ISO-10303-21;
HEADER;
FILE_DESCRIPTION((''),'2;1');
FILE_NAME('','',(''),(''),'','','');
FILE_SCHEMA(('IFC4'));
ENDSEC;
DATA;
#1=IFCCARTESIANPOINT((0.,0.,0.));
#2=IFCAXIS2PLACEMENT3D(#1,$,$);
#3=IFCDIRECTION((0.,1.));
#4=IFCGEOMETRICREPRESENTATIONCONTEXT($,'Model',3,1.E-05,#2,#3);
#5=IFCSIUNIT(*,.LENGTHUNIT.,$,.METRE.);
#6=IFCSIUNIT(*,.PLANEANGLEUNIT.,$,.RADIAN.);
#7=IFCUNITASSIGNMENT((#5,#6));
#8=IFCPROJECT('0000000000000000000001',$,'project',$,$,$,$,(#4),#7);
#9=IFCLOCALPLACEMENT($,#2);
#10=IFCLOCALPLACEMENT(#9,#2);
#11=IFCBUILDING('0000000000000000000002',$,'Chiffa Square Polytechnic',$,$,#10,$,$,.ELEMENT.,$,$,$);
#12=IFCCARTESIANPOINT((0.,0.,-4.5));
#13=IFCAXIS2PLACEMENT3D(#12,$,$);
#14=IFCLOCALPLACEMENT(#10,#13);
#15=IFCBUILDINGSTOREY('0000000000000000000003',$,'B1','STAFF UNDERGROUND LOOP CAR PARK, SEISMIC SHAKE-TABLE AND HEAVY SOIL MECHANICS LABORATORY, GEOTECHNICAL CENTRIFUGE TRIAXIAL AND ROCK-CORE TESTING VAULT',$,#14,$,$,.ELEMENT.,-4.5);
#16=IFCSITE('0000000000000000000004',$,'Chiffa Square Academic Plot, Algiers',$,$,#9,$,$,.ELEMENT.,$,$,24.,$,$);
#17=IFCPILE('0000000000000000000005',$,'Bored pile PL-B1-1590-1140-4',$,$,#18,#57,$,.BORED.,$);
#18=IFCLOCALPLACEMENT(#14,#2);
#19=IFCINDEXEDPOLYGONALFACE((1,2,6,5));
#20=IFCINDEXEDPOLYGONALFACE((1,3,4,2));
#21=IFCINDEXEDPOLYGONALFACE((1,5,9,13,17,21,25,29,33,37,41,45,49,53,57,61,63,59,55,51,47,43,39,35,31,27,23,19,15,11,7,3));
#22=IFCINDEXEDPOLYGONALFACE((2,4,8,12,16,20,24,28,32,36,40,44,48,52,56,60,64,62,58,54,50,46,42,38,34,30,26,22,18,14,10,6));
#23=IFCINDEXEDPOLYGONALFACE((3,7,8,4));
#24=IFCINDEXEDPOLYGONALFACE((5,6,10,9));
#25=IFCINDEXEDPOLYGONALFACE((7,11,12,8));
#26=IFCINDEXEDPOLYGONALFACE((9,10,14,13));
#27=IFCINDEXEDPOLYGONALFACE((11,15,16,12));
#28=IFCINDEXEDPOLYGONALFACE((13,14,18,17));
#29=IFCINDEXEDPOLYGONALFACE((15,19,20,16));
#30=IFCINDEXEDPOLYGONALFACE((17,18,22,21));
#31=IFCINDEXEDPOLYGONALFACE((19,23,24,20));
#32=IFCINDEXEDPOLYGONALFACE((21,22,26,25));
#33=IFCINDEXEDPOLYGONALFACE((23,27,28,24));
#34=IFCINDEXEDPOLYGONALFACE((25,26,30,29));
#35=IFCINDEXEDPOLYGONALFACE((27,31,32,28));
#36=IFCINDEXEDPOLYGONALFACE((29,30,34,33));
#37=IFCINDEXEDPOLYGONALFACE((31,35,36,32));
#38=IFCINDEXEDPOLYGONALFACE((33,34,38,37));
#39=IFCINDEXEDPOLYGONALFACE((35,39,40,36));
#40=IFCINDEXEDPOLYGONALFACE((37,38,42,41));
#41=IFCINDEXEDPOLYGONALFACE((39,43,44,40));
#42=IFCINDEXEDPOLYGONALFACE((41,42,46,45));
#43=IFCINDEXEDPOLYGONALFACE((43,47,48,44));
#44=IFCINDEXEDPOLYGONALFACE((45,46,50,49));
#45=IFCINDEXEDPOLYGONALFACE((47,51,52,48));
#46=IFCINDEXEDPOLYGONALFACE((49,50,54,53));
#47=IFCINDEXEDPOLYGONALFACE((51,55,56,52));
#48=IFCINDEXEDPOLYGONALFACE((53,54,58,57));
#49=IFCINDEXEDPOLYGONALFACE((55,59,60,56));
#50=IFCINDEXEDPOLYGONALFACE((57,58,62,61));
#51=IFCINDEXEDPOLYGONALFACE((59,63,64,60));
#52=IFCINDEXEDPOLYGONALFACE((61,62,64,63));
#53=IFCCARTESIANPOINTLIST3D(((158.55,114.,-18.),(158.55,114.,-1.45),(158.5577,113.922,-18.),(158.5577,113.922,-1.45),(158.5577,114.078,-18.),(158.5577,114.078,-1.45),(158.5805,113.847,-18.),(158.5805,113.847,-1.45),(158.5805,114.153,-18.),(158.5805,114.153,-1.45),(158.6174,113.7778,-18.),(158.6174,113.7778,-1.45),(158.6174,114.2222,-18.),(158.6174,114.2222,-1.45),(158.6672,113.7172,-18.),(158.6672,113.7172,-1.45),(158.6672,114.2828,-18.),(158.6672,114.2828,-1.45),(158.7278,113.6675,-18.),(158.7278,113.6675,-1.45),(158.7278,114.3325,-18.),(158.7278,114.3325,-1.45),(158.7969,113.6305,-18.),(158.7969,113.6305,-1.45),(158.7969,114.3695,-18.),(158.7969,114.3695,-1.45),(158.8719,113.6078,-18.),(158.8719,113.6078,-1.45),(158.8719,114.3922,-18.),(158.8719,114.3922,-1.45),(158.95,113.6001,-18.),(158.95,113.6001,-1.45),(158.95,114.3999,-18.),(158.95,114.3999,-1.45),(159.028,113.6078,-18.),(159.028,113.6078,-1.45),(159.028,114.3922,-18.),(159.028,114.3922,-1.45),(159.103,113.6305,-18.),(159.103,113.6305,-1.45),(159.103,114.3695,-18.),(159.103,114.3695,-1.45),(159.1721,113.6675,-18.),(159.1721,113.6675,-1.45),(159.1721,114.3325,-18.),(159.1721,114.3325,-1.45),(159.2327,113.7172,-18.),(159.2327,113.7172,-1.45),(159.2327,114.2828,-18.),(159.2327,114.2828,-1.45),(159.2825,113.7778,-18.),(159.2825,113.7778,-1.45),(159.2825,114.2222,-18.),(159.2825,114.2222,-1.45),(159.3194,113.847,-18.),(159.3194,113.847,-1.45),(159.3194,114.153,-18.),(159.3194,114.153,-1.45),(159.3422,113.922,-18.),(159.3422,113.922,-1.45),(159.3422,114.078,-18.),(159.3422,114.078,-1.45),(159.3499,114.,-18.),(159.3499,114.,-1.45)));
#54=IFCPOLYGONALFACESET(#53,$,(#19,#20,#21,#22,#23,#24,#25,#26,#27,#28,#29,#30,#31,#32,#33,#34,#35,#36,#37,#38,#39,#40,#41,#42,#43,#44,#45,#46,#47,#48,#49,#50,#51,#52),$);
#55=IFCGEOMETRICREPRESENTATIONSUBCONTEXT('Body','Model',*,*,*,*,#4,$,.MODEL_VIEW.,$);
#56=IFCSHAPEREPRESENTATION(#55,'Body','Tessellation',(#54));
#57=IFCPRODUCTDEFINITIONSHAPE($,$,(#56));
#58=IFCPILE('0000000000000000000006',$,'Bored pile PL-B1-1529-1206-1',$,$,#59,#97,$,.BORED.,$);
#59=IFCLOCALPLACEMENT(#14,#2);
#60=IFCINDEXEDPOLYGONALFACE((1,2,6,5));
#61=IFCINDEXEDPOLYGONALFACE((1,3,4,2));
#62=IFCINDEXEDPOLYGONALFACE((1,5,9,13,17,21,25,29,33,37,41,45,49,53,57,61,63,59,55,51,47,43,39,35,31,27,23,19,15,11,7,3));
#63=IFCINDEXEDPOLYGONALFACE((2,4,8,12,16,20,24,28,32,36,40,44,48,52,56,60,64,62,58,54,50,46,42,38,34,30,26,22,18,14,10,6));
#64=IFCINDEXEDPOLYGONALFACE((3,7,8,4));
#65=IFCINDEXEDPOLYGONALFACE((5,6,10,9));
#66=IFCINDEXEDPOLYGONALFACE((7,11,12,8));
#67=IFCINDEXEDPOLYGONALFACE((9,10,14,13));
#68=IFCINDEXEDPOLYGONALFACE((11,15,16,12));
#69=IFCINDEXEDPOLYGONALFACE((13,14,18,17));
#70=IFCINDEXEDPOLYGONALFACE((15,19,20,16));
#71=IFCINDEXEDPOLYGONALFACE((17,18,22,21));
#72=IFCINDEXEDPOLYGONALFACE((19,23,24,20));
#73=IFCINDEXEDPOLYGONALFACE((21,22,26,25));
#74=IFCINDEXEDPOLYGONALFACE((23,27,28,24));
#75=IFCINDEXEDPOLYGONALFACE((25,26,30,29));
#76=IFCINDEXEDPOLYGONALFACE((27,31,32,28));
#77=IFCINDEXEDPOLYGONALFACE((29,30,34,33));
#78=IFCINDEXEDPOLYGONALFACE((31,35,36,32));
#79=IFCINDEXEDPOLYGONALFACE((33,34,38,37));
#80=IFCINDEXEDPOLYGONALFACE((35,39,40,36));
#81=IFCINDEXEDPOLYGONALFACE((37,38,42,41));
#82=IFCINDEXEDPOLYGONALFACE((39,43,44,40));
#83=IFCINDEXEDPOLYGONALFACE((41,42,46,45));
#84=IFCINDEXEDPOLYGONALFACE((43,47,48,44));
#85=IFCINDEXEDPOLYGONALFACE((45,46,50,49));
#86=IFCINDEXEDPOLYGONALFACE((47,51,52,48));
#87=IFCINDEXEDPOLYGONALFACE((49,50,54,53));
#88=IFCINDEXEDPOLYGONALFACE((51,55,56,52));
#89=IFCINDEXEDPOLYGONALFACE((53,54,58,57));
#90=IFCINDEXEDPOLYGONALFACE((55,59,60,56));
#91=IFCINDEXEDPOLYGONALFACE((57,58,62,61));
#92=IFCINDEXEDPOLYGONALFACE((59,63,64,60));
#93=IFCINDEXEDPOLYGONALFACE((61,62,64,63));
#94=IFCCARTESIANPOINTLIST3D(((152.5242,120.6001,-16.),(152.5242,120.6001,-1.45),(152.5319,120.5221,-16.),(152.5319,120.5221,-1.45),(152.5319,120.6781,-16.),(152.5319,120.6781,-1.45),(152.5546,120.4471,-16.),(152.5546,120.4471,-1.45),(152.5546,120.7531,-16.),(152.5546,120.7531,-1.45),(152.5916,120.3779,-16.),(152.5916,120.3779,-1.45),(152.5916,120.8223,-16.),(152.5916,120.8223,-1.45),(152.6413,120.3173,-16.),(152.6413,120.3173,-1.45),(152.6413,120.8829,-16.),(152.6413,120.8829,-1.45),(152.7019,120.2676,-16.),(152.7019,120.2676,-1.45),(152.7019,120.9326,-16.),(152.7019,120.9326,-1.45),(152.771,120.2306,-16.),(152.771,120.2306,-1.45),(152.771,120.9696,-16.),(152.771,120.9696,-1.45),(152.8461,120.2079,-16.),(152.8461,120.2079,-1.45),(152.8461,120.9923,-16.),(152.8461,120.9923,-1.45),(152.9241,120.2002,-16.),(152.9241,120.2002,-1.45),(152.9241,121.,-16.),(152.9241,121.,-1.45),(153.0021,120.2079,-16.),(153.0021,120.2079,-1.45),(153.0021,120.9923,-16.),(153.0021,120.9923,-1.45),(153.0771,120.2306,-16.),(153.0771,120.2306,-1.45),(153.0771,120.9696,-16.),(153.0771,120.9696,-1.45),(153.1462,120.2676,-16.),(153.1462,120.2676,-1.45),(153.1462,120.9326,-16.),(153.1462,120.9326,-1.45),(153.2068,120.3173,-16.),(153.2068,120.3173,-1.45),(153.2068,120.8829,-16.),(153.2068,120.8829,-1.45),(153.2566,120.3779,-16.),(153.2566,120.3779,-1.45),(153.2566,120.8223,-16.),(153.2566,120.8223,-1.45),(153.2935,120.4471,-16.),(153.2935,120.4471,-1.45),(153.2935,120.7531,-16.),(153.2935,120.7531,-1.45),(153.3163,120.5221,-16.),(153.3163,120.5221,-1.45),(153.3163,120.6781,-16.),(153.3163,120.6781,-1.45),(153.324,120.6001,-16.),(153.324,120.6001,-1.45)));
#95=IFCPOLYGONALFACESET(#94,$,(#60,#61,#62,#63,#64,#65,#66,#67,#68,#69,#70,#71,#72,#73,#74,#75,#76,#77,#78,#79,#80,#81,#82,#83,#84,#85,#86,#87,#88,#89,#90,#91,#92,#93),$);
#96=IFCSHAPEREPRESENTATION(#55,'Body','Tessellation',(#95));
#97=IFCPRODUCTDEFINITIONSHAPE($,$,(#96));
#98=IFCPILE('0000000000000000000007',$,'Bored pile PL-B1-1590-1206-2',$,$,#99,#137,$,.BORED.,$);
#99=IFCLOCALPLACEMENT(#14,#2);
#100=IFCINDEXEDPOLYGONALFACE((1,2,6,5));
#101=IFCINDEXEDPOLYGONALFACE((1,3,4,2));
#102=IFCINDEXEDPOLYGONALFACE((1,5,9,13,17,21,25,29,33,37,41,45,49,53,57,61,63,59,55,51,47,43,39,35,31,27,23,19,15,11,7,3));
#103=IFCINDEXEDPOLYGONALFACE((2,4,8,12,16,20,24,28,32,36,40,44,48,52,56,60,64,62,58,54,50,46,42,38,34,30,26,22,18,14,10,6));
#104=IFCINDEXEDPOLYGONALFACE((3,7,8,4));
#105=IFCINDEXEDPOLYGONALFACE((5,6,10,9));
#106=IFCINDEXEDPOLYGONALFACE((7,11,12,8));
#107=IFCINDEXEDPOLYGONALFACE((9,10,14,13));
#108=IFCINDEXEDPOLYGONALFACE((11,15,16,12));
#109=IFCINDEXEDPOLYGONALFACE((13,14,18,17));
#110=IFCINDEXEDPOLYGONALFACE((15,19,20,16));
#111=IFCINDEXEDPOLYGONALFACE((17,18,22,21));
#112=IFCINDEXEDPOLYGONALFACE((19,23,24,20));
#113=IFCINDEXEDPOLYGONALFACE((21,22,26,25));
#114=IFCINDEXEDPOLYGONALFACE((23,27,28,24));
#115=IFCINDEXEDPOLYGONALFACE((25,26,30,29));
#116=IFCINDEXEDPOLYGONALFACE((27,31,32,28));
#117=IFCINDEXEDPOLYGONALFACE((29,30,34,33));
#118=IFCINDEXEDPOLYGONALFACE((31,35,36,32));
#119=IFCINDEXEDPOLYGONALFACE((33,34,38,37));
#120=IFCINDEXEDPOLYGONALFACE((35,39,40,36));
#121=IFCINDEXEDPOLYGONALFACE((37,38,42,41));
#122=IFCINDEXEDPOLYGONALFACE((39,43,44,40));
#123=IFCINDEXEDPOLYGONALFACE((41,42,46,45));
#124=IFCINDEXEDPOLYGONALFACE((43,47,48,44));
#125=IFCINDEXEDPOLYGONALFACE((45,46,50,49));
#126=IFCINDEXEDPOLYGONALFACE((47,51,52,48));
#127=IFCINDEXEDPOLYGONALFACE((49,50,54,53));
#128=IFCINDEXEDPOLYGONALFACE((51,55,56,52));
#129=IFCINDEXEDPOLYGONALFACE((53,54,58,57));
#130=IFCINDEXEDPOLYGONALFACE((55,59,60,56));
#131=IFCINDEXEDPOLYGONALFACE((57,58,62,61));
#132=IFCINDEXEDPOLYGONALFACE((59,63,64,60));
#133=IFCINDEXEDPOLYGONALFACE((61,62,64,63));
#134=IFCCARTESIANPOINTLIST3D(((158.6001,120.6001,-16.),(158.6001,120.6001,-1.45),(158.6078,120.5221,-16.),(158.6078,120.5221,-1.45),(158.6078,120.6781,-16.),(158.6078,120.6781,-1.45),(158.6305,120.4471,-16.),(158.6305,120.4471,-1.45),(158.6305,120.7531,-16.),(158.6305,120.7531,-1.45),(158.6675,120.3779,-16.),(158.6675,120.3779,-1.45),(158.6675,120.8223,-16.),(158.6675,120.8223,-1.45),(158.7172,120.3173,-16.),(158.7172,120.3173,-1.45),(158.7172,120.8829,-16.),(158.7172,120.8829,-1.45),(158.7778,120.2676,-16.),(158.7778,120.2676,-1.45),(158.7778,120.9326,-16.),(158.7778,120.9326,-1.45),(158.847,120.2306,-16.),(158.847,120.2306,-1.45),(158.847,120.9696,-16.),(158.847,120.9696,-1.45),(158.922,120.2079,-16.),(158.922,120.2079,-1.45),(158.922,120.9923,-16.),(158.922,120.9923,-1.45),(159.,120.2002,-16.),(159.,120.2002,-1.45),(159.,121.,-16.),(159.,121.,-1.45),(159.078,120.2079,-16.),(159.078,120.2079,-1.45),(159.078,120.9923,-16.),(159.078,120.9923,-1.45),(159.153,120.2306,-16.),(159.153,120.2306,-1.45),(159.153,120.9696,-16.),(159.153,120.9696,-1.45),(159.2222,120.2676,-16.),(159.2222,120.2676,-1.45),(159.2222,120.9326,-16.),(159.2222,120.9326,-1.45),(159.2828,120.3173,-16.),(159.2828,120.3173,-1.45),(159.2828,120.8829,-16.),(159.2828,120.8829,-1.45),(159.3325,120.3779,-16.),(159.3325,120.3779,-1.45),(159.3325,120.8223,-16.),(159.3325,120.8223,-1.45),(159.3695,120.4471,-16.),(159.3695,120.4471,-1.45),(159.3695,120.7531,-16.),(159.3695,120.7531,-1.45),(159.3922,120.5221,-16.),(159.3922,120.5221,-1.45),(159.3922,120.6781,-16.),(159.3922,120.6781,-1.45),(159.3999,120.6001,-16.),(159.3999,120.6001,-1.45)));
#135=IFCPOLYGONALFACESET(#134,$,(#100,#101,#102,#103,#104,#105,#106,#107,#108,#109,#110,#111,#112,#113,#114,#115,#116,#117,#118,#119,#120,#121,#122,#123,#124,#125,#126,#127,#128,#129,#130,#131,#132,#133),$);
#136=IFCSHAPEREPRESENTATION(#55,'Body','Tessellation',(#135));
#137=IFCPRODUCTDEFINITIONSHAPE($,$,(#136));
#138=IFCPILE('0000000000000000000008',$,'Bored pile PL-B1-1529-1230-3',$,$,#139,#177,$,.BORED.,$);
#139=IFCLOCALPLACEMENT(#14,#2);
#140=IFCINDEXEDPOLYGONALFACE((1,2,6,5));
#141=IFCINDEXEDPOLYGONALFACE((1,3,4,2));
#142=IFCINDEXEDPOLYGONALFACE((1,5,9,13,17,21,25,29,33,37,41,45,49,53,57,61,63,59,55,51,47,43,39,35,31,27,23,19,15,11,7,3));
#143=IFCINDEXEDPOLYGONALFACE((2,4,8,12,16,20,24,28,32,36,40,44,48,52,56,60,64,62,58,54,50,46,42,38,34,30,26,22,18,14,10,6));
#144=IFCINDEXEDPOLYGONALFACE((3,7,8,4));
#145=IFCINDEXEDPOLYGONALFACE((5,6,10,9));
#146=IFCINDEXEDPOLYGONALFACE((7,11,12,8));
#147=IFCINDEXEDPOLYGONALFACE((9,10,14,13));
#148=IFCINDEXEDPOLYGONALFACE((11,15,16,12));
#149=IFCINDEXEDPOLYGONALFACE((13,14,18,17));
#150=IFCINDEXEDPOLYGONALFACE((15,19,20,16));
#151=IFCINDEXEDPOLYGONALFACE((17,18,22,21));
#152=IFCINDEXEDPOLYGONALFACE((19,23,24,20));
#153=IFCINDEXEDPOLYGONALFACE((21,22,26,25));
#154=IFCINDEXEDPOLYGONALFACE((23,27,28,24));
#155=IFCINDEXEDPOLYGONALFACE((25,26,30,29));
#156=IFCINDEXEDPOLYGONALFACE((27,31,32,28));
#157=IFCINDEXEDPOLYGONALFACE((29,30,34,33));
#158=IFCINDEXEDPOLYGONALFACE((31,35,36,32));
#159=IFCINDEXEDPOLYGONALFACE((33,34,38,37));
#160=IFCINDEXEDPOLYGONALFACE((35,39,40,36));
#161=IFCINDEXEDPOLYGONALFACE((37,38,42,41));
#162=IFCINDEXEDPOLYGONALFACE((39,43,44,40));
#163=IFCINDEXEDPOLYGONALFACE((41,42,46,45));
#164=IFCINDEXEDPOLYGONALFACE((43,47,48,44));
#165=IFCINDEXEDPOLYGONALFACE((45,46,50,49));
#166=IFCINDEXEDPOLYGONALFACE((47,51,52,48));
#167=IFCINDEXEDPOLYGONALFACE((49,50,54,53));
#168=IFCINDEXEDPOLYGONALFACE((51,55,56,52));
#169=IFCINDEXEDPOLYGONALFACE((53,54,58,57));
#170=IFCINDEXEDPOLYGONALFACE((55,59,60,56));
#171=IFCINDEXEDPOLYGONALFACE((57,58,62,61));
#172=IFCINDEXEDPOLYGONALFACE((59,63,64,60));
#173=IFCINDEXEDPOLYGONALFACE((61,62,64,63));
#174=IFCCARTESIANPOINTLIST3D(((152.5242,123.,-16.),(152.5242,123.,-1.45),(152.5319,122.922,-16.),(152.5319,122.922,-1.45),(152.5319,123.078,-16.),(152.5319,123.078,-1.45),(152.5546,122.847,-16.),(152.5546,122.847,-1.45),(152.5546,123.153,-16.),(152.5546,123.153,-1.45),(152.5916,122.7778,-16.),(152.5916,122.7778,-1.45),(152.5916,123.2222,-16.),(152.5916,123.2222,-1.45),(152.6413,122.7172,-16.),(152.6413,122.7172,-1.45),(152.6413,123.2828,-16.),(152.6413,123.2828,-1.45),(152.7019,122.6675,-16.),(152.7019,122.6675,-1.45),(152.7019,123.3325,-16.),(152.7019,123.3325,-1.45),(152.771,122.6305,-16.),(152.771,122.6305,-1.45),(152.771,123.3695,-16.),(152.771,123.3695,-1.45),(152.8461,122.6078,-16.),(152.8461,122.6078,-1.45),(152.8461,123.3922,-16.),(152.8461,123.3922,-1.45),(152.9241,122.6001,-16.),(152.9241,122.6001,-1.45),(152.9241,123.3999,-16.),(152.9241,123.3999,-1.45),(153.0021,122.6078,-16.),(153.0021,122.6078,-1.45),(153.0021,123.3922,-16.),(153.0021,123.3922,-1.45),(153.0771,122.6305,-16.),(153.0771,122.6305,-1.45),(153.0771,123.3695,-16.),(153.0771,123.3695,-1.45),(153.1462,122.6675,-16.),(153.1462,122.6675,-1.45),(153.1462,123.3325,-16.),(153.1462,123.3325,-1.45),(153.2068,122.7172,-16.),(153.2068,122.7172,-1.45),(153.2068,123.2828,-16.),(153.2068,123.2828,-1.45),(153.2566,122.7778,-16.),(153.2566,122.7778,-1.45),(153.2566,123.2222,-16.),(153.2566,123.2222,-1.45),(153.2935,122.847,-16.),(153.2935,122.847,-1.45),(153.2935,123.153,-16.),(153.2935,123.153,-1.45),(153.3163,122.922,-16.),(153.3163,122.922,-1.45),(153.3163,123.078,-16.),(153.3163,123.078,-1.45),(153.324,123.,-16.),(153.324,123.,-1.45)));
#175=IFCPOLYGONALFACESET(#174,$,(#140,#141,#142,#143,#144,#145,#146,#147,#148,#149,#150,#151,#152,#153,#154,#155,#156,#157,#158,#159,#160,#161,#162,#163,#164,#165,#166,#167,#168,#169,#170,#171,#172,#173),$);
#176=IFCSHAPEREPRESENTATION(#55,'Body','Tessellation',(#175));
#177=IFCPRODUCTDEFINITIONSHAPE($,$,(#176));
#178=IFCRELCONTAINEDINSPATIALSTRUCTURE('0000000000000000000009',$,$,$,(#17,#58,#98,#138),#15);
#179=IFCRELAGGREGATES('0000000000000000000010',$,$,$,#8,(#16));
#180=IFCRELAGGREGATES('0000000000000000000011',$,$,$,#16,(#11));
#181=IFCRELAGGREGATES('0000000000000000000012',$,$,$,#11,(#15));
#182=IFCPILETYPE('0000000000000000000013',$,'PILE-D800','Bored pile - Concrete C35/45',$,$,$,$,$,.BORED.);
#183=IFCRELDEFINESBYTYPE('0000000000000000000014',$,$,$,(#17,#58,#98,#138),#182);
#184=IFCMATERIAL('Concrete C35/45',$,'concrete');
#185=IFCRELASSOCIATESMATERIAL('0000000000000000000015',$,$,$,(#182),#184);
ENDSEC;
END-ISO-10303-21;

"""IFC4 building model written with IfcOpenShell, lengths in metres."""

from ifc_helpers import new_model, si_unit, direction, frame, origin, origin_2d, place, context, subcontext, project, spatial, circle, extrude, material, material_profile, profile_set, type_object, element, save


model = new_model("IFC4")

# Units and contexts
model_context = context("Model", 3, precision=1e-05, world=origin(), true_north=direction((0.0, 1.0)))
body_context = subcontext(model_context, "Body", "Model", "MODEL_VIEW")
ifc_project = project(units=[si_unit("LENGTHUNIT", "METRE"), si_unit("PLANEANGLEUNIT", "RADIAN")], contexts=[model_context])

# Site, building, storey
site_placement = place(None, origin())
site = spatial("IfcSite", under=ifc_project, at=site_placement, Name="Chiffa Square Academic Plot, Algiers", CompositionType="ELEMENT", RefElevation=24.0)
building_placement = place(site_placement, origin())
building = spatial("IfcBuilding", under=site, at=building_placement, Name="Chiffa Square Polytechnic", CompositionType="ELEMENT")
storey_placement = place(building_placement, frame((0.0, 0.0, -4.5)))
storey = spatial("IfcBuildingStorey", under=building, at=storey_placement, Name="B1", Description="STAFF UNDERGROUND LOOP CAR PARK, SEISMIC SHAKE-TABLE AND HEAVY SOIL MECHANICS LABORATORY, GEOTECHNICAL CENTRIFUGE TRIAXIAL AND ROCK-CORE TESTING VAULT", CompositionType="ELEMENT", Elevation=-4.5)

# Shared definitions
ifc_material_1 = material(Name="Concrete C35/45", Category="concrete")

# Piles
ifc_material_profile_1 = material_profile(ifc_material_1, circle(Radius=0.3999, at=origin_2d()), Name="PILE D800")
ifc_profile_set_1 = profile_set([ifc_material_profile_1], Name="Concrete C35/45")
pile_type_1 = type_object("IfcPileType", Name="PILE-D800", Description="Bored pile - Concrete C35/45", PredefinedType="BORED", material=ifc_profile_set_1)
for number, where, z_axis, x_axis, name in (
    (1, (158.95, 114.0, -1.45), (0.0, 0.0, -1.0), (1.0, 0.0, 0.0), "Bored pile PL-B1-1590-1140-4"),
):
    element("IfcPile", number, at=place(storey_placement, frame(where, z_axis=z_axis, x_axis=x_axis)), inside=storey, type_object=pile_type_1, Name=name, PredefinedType="BORED", context=body_context, shape_type="SweptSolid", body=[
        extrude(circle(Radius=0.3999, at=origin_2d()), origin(), (0.0, 0.0, 1.0), 16.55),
    ])
for number, where, z_axis, x_axis, name in (
    (2, (152.9241, 120.6001, -1.45), (0.0, 0.0, -1.0), (1.0, 0.0, 0.0), "Bored pile PL-B1-1529-1206-1"),
    (3, (159.0, 120.6001, -1.45), (0.0, 0.0, -1.0), (1.0, 0.0, 0.0), "Bored pile PL-B1-1590-1206-2"),
    (4, (152.9241, 123.0, -1.45), (0.0, 0.0, -1.0), (1.0, 0.0, 0.0), "Bored pile PL-B1-1529-1230-3"),
):
    element("IfcPile", number, at=place(storey_placement, frame(where, z_axis=z_axis, x_axis=x_axis)), inside=storey, type_object=pile_type_1, Name=name, PredefinedType="BORED", context=body_context, shape_type="SweptSolid", body=[
        extrude(circle(Radius=0.3999, at=origin_2d()), origin(), (0.0, 0.0, 1.0), 14.55),
    ])

save(model, "model.ifc")
